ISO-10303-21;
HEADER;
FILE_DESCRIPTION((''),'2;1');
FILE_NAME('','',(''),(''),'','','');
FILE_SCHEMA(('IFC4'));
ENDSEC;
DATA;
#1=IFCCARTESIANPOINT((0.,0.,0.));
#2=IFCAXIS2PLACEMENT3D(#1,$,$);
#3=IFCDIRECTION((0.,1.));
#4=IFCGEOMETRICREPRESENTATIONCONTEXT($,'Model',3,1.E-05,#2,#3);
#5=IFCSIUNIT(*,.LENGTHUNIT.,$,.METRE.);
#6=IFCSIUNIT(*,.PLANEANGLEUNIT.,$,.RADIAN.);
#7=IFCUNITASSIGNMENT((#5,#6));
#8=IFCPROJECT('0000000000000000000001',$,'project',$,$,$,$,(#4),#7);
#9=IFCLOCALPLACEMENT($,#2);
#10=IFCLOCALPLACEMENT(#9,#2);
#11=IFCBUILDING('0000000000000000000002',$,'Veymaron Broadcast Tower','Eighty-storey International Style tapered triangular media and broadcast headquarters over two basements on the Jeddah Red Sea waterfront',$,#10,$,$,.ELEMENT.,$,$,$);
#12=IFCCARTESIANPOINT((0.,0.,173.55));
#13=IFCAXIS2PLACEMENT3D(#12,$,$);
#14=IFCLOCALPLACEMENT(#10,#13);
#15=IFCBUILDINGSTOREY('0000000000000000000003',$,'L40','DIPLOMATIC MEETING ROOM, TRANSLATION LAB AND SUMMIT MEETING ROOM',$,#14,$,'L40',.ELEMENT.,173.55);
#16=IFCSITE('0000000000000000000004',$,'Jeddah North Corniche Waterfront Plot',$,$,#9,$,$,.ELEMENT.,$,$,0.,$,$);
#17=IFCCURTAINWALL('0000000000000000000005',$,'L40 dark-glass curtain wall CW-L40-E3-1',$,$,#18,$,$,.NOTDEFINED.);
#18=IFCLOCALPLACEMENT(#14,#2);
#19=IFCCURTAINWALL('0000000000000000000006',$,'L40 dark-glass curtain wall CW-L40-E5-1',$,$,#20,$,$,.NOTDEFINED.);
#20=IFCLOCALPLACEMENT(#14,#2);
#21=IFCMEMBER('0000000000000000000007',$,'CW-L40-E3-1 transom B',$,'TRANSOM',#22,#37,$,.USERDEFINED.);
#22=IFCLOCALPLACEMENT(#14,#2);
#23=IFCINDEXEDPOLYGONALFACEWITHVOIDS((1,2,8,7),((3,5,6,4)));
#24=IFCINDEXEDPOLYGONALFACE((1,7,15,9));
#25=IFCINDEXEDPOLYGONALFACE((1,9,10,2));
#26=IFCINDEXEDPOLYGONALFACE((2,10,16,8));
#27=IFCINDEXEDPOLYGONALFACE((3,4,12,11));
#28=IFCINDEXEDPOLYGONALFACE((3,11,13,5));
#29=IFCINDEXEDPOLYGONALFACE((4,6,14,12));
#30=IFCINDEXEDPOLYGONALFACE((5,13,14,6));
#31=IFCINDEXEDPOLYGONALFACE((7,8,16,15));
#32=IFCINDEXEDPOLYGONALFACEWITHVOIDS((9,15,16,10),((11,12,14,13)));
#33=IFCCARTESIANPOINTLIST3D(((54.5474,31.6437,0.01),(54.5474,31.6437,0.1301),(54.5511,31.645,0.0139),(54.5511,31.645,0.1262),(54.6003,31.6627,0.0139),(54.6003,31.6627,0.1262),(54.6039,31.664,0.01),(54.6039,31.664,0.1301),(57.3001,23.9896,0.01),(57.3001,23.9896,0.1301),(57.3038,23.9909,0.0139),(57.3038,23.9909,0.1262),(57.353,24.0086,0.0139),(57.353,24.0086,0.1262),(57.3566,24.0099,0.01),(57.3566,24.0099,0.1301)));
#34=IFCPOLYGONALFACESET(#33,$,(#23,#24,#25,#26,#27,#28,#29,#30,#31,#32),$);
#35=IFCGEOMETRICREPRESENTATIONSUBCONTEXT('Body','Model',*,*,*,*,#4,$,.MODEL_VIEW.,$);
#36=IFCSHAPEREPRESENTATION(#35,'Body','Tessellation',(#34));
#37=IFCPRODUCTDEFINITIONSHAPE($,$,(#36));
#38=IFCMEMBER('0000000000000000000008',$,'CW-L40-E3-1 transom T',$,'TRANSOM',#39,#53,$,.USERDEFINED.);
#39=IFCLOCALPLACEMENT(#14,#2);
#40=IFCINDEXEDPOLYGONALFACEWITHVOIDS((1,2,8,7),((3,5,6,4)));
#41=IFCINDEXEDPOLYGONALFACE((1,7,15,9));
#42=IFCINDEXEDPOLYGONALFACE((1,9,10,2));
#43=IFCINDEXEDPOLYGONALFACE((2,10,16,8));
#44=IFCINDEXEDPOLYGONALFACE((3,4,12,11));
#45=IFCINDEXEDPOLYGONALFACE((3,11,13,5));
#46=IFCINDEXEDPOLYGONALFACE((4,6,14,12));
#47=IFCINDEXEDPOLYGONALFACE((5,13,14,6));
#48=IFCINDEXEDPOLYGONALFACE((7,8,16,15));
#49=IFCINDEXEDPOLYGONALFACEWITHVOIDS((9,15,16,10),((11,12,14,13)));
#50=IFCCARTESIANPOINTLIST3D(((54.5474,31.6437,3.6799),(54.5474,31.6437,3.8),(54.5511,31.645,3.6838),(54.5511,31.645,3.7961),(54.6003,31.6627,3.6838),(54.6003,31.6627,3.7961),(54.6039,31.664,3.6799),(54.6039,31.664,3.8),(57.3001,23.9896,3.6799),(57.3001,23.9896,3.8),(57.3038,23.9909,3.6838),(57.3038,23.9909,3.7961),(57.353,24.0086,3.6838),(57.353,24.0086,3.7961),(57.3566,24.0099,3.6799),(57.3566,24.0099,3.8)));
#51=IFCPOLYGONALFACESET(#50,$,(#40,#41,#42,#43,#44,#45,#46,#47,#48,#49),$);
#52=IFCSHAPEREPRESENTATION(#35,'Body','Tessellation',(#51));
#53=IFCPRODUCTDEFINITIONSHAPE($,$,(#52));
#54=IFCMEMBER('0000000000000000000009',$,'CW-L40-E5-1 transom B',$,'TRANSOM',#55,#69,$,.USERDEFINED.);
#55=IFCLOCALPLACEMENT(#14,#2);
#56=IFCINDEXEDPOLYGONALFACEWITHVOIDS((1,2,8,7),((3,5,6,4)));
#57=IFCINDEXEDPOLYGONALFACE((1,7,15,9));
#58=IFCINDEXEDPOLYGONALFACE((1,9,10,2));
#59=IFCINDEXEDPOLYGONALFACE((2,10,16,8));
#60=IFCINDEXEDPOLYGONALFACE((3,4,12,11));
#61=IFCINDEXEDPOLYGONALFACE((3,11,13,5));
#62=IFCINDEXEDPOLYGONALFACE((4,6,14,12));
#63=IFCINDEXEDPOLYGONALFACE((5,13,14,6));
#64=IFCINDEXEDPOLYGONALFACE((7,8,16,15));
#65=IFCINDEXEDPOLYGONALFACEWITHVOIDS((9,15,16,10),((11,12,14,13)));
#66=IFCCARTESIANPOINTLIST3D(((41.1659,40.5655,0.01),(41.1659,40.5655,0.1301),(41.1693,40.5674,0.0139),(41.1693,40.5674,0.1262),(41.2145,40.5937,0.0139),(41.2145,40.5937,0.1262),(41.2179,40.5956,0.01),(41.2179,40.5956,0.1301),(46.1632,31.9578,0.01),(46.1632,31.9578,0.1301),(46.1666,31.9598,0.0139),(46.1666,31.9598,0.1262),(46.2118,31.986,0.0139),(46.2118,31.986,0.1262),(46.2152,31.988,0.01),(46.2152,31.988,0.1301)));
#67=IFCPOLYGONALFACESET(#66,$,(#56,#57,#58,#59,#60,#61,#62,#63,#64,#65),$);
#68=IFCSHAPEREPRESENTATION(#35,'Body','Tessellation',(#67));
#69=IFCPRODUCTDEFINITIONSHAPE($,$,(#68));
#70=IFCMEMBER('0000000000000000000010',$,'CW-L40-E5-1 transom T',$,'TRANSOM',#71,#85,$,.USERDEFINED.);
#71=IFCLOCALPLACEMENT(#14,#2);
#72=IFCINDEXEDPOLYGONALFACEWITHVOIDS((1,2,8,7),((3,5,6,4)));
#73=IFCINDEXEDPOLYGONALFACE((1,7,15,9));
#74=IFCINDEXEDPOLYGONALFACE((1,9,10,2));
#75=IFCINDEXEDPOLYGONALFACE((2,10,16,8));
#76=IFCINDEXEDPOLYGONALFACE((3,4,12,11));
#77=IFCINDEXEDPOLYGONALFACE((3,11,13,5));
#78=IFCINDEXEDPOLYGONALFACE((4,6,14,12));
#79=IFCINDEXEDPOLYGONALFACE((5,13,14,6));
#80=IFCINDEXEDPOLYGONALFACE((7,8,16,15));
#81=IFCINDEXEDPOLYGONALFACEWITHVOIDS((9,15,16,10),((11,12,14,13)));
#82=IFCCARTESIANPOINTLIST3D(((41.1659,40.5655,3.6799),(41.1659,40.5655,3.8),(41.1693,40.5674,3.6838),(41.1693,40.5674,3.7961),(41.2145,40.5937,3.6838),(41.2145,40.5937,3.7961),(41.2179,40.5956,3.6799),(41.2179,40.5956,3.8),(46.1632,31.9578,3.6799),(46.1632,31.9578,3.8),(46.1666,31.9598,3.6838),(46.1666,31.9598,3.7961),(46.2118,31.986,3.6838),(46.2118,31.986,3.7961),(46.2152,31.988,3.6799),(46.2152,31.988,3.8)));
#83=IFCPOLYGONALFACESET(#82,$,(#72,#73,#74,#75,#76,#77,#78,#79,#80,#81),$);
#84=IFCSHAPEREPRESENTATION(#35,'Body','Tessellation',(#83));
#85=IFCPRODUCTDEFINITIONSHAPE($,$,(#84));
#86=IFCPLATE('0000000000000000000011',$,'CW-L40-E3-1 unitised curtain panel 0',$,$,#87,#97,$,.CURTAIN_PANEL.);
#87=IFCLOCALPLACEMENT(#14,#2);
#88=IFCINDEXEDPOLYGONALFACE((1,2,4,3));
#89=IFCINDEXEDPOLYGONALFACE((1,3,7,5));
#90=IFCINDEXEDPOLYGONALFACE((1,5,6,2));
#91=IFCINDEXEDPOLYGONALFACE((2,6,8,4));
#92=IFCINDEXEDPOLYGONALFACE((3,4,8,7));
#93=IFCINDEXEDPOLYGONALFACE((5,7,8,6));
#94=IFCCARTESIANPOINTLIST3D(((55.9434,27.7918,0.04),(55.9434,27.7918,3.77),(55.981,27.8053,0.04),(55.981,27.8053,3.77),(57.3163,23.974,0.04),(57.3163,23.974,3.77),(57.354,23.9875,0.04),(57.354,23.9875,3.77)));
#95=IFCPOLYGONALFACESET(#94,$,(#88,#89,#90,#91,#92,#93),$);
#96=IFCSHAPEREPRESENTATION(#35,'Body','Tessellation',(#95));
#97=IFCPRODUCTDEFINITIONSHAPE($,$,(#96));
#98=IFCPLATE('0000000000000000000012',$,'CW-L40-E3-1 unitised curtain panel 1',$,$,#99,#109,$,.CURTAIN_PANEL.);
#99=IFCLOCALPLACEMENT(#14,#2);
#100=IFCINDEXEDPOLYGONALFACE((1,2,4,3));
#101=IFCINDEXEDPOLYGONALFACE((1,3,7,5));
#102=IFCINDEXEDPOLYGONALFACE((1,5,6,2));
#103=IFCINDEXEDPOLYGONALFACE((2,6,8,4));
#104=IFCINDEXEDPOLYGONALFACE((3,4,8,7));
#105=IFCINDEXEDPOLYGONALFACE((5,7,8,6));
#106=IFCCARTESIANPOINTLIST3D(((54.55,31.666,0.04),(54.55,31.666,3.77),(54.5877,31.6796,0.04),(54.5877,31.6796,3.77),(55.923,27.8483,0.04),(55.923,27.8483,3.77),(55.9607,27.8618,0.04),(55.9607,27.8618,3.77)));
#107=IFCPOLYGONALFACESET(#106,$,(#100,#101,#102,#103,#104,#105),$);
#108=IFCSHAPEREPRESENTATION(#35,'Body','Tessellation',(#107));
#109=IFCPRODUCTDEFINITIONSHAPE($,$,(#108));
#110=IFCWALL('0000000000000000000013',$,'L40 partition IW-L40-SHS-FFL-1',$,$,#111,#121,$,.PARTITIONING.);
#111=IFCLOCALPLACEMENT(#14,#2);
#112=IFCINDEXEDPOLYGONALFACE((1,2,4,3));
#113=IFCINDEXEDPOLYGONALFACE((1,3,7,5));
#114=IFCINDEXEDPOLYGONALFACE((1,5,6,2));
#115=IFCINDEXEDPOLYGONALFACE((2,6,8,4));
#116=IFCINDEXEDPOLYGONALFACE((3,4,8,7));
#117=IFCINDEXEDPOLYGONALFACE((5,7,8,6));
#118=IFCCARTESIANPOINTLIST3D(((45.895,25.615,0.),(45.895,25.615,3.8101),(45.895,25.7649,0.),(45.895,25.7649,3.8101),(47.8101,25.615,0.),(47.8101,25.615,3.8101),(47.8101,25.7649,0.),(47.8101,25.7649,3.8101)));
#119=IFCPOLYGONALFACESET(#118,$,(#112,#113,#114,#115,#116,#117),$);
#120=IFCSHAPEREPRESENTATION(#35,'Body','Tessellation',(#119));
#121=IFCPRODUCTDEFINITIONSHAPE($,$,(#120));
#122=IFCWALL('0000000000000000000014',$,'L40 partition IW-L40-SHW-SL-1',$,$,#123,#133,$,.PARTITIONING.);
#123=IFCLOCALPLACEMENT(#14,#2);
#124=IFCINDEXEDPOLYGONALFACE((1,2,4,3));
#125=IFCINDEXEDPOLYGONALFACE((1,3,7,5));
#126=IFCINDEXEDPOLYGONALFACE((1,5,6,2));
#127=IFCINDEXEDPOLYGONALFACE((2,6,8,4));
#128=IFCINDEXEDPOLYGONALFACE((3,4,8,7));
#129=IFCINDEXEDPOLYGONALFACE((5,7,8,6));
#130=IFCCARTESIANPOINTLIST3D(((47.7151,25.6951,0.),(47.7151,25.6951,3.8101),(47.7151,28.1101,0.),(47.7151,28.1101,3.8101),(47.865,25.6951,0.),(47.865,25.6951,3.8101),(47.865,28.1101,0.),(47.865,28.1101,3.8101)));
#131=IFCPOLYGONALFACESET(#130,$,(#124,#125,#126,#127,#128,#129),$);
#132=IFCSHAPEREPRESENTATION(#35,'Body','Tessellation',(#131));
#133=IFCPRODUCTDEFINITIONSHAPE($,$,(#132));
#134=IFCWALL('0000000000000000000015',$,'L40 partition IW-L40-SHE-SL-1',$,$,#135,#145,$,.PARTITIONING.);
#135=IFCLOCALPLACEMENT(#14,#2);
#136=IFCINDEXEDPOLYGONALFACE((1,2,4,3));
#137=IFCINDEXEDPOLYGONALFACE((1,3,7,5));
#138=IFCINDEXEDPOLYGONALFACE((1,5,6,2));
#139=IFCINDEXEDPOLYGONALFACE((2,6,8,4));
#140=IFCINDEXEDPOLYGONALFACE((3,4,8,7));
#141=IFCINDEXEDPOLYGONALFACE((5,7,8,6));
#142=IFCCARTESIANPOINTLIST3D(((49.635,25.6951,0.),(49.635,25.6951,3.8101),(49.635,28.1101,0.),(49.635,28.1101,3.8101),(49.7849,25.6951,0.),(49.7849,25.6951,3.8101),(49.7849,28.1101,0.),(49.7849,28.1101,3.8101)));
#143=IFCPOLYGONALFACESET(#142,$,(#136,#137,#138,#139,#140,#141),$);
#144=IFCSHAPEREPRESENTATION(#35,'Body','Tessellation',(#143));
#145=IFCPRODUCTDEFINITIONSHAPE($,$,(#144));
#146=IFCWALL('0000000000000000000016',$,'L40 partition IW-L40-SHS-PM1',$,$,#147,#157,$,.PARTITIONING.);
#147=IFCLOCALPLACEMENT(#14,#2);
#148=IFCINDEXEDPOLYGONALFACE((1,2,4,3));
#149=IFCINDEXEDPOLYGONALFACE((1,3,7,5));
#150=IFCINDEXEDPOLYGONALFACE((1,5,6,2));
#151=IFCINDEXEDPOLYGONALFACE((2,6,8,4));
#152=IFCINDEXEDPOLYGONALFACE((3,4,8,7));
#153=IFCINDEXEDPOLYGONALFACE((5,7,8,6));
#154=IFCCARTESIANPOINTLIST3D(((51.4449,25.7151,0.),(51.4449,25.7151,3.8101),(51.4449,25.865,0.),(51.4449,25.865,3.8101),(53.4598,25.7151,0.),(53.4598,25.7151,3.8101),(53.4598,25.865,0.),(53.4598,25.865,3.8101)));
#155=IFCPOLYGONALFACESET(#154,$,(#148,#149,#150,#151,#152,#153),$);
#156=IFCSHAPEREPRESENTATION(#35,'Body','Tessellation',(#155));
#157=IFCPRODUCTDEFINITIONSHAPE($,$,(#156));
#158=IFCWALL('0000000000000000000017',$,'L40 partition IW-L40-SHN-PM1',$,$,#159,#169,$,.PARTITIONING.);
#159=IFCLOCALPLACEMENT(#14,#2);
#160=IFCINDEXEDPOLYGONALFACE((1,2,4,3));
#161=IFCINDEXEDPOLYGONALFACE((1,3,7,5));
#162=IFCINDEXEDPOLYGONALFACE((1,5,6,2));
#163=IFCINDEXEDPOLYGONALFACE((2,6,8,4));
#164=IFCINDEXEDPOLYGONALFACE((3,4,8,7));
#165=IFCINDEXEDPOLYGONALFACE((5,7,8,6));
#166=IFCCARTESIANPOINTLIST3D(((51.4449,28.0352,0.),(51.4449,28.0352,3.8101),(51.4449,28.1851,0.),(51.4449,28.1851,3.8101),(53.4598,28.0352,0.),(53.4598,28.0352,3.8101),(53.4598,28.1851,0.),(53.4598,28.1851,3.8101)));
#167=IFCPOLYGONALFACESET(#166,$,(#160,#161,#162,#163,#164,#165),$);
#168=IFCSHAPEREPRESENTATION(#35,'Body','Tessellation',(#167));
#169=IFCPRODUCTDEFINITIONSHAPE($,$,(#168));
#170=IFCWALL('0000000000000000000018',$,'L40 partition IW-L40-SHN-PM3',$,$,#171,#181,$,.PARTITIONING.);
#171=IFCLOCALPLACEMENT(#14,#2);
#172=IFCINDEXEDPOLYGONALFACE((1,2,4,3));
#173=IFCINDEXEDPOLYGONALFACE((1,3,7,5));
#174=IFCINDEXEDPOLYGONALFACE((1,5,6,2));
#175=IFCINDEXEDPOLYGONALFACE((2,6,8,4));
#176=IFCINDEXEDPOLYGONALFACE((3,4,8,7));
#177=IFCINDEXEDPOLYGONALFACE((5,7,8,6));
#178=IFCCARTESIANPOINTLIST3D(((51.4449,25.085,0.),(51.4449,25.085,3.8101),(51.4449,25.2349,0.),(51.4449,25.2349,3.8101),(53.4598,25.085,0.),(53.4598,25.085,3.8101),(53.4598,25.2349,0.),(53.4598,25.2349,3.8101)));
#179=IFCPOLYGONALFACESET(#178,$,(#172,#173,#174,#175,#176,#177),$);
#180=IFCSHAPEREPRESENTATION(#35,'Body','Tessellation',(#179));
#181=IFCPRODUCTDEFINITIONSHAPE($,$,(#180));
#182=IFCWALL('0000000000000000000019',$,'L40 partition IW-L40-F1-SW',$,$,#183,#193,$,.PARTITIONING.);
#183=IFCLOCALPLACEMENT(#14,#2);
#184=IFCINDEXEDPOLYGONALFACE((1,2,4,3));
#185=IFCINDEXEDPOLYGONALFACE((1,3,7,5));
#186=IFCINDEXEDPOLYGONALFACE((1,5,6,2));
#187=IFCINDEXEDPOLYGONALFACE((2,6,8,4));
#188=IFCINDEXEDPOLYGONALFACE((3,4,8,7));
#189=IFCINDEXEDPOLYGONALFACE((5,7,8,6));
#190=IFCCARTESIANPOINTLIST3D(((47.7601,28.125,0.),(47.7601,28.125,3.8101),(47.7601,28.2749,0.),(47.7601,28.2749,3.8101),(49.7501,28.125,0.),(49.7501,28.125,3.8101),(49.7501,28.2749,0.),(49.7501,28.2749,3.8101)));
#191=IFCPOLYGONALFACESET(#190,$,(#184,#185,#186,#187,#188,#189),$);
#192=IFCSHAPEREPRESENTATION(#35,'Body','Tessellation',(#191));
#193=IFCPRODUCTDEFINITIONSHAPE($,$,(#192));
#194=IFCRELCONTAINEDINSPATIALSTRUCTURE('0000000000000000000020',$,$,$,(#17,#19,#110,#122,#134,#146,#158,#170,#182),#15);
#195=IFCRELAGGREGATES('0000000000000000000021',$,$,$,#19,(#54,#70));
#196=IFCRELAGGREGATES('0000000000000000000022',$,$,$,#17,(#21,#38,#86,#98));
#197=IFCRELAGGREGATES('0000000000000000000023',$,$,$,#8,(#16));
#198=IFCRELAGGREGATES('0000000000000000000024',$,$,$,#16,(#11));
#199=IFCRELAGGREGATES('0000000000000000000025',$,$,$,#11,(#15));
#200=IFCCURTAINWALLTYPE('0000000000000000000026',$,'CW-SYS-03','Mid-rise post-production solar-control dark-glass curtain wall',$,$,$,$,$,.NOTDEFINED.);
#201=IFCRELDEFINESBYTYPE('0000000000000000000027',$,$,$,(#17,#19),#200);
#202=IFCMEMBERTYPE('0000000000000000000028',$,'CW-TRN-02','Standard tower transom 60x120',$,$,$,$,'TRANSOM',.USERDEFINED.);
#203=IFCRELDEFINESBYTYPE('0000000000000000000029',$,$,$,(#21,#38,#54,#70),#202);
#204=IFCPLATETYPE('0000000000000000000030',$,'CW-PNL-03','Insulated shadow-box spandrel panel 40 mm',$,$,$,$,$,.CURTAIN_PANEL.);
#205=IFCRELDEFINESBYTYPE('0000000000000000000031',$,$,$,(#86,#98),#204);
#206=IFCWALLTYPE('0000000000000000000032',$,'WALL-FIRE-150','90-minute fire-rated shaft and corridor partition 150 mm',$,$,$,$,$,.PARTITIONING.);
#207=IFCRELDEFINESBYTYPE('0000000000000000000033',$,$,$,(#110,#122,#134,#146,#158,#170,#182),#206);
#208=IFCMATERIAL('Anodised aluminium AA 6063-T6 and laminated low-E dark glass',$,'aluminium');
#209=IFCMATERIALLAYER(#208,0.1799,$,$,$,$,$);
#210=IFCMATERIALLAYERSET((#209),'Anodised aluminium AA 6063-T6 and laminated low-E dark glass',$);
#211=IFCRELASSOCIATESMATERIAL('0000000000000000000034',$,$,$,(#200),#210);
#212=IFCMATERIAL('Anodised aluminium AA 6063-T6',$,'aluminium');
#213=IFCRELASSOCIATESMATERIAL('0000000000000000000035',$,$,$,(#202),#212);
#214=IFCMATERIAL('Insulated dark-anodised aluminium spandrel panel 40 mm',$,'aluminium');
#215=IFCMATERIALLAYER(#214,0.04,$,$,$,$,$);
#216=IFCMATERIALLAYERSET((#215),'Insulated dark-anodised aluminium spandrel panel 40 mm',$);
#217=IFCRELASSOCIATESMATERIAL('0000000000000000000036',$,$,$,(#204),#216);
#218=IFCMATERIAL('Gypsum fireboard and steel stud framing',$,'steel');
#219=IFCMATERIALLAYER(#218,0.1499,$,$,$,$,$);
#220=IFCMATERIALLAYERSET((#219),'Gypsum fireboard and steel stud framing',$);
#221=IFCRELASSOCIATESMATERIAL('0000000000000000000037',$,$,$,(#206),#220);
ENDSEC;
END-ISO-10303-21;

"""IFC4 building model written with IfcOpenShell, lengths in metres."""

from ifc_helpers import new_model, si_unit, direction, frame, frame_2d, origin, origin_2d, place, context, subcontext, project, spatial, rectangle, hollow_rectangle, extrude, material, layer, layer_set, material_profile, profile_set, type_object, element, aggregate, save


model = new_model("IFC4")

# Units and contexts
model_context = context("Model", 3, precision=1e-05, world=origin(), true_north=direction((0.0, 1.0)))
body_context = subcontext(model_context, "Body", "Model", "MODEL_VIEW")
ifc_project = project(units=[si_unit("LENGTHUNIT", "METRE"), si_unit("PLANEANGLEUNIT", "RADIAN")], contexts=[model_context])

# Site, building, storey
site_placement = place(None, origin())
site = spatial("IfcSite", under=ifc_project, at=site_placement, Name="Jeddah North Corniche Waterfront Plot", CompositionType="ELEMENT", RefElevation=0.0)
building_placement = place(site_placement, origin())
building = spatial("IfcBuilding", under=site, at=building_placement, Name="Veymaron Broadcast Tower", Description="Eighty-storey International Style tapered triangular media and broadcast headquarters over two basements on the Jeddah Red Sea waterfront", CompositionType="ELEMENT")
storey_placement = place(building_placement, frame((0.0, 0.0, 173.55)))
storey = spatial("IfcBuildingStorey", under=building, at=storey_placement, Name="L40", Description="DIPLOMATIC MEETING ROOM, TRANSLATION LAB AND SUMMIT MEETING ROOM", LongName="L40", CompositionType="ELEMENT", Elevation=173.55)

# Shared definitions
ifc_material_1 = material(Name="Anodised aluminium AA 6063-T6 and laminated low-E dark glass", Category="aluminium")
ifc_layer_1 = layer(ifc_material_1, 0.1799)
ifc_layer_set_1 = layer_set([ifc_layer_1], Name="Anodised aluminium AA 6063-T6 and laminated low-E dark glass")
curtain_wall_type = type_object("IfcCurtainWallType", Name="CW-SYS-03", Description="Mid-rise post-production solar-control dark-glass curtain wall", PredefinedType="NOTDEFINED", material=ifc_layer_set_1)
ifc_material_2 = material(Name="Anodised aluminium AA 6063-T6", Category="aluminium")

# Curtain wall
curtain_wall_1_placement = place(storey_placement, origin())
curtain_wall_1 = element("IfcCurtainWall", 1, at=curtain_wall_1_placement, inside=storey, type_object=curtain_wall_type, Name="L40 dark-glass curtain wall CW-L40-E3-1", PredefinedType="NOTDEFINED")

# Curtain wall
curtain_wall_2_placement = place(storey_placement, origin())
curtain_wall_2 = element("IfcCurtainWall", 2, at=curtain_wall_2_placement, inside=storey, type_object=curtain_wall_type, Name="L40 dark-glass curtain wall CW-L40-E5-1", PredefinedType="NOTDEFINED")

# Members
ifc_material_profile_1 = material_profile(ifc_material_2, hollow_rectangle(XDim=0.0601, YDim=0.1201, WallThickness=0.0039, at=origin_2d()), Name="AL120X60X4")
ifc_profile_set_1 = profile_set([ifc_material_profile_1], Name="Anodised aluminium AA 6063-T6")
member_type_1 = type_object("IfcMemberType", Name="CW-TRN-02", Description="Standard tower transom 60x120", ElementType="TRANSOM", PredefinedType="USERDEFINED", material=ifc_profile_set_1)
member_1_placement = place(storey_placement, frame((57.3284, 23.9998, 0.0701), z_axis=(-0.338418, 0.940996, 0.0), x_axis=(-0.940996, -0.338418, 0.0)))
member_1 = element("IfcMember", 3, at=member_1_placement, type_object=member_type_1, Name="CW-L40-E3-1 transom B", ObjectType="TRANSOM", PredefinedType="USERDEFINED", context=body_context, shape_type="SweptSolid", body=[
    extrude(hollow_rectangle(XDim=0.0601, YDim=0.1201, WallThickness=0.0039, at=origin_2d()), origin(), (0.0, 0.0, 1.0), 8.134),
])
member_2_placement = place(storey_placement, frame((57.3284, 23.9998, 3.74), z_axis=(-0.338418, 0.940996, 0.0), x_axis=(-0.940996, -0.338418, 0.0)))
member_2 = element("IfcMember", 4, at=member_2_placement, type_object=member_type_1, Name="CW-L40-E3-1 transom T", ObjectType="TRANSOM", PredefinedType="USERDEFINED", context=body_context, shape_type="SweptSolid", body=[
    extrude(hollow_rectangle(XDim=0.0601, YDim=0.1201, WallThickness=0.0039, at=origin_2d()), origin(), (0.0, 0.0, 1.0), 8.134),
])
member_3_placement = place(storey_placement, frame((46.1892, 31.9729, 0.0701), z_axis=(-0.502084, 0.864819, 0.0), x_axis=(-0.864819, -0.502084, 0.0)))
member_3 = element("IfcMember", 5, at=member_3_placement, type_object=member_type_1, Name="CW-L40-E5-1 transom B", ObjectType="TRANSOM", PredefinedType="USERDEFINED", context=body_context, shape_type="SweptSolid", body=[
    extrude(hollow_rectangle(XDim=0.0601, YDim=0.1201, WallThickness=0.0039, at=origin_2d()), origin(), (0.0, 0.0, 1.0), 9.9531),
])
member_4_placement = place(storey_placement, frame((46.1892, 31.9729, 3.74), z_axis=(-0.502084, 0.864819, 0.0), x_axis=(-0.864819, -0.502084, 0.0)))
member_4 = element("IfcMember", 6, at=member_4_placement, type_object=member_type_1, Name="CW-L40-E5-1 transom T", ObjectType="TRANSOM", PredefinedType="USERDEFINED", context=body_context, shape_type="SweptSolid", body=[
    extrude(hollow_rectangle(XDim=0.0601, YDim=0.1201, WallThickness=0.0039, at=origin_2d()), origin(), (0.0, 0.0, 1.0), 9.9531),
])
aggregate(curtain_wall_2, [member_3, member_4])

# Plates
ifc_material_3 = material(Name="Insulated dark-anodised aluminium spandrel panel 40 mm", Category="aluminium")
ifc_layer_2 = layer(ifc_material_3, 0.04)
ifc_layer_set_2 = layer_set([ifc_layer_2], Name="Insulated dark-anodised aluminium spandrel panel 40 mm")
plate_type = type_object("IfcPlateType", Name="CW-PNL-03", Description="Insulated shadow-box spandrel panel 40 mm", PredefinedType="CURTAIN_PANEL", material=ifc_layer_set_2)
plate_1_placement = place(storey_placement, frame((56.6487, 25.8896, 0.04), z_axis=(0.0, 0.0, 1.0), x_axis=(-0.338409, 0.940999, 0.0)))
plate_1 = element("IfcPlate", 7, at=plate_1_placement, type_object=plate_type, Name="CW-L40-E3-1 unitised curtain panel 0", PredefinedType="CURTAIN_PANEL", context=body_context, shape_type="SweptSolid", body=[
    extrude(rectangle(XDim=4.0571, YDim=0.04, at=origin_2d()), origin(), (0.0, 0.0, 1.0), 3.73),
])
plate_2_placement = place(storey_placement, frame((55.2554, 29.7639, 0.04), z_axis=(0.0, 0.0, 1.0), x_axis=(-0.338409, 0.940999, 0.0)))
plate_2 = element("IfcPlate", 8, at=plate_2_placement, type_object=plate_type, Name="CW-L40-E3-1 unitised curtain panel 1", PredefinedType="CURTAIN_PANEL", context=body_context, shape_type="SweptSolid", body=[
    extrude(rectangle(XDim=4.0571, YDim=0.04, at=origin_2d()), origin(), (0.0, 0.0, 1.0), 3.73),
])
aggregate(curtain_wall_1, [member_1, member_2, plate_1, plate_2])

# Shared definitions
ifc_material_4 = material(Name="Gypsum fireboard and steel stud framing", Category="steel")
ifc_layer_3 = layer(ifc_material_4, 0.1499)
ifc_layer_set_3 = layer_set([ifc_layer_3], Name="Gypsum fireboard and steel stud framing")
wall_type_1 = type_object("IfcWallType", Name="WALL-FIRE-150", Description="90-minute fire-rated shaft and corridor partition 150 mm", PredefinedType="PARTITIONING", material=ifc_layer_set_3)

# Wall
wall_1_placement = place(storey_placement, frame((45.895, 25.6899, 0.0), z_axis=(0.0, 0.0, 1.0), x_axis=(1.0, 0.0, 0.0)))
element("IfcWall", 9, at=wall_1_placement, inside=storey, type_object=wall_type_1, Name="L40 partition IW-L40-SHS-FFL-1", PredefinedType="PARTITIONING", context=body_context, shape_type="SweptSolid", body=[
    extrude(rectangle(XDim=1.915, YDim=0.1499, at=frame_2d((0.9575, 0.0))), origin(), (0.0, 0.0, 1.0), 3.8101),
])

# Walls
for number, where, z_axis, x_axis, name in (
    (10, (47.79, 25.6951, 0.0), (0.0, 0.0, 1.0), (0.0, 1.0, 0.0), "L40 partition IW-L40-SHW-SL-1"),
    (11, (49.71, 25.6951, 0.0), (0.0, 0.0, 1.0), (0.0, 1.0, 0.0), "L40 partition IW-L40-SHE-SL-1"),
):
    element("IfcWall", number, at=place(storey_placement, frame(where, z_axis=z_axis, x_axis=x_axis)), inside=storey, type_object=wall_type_1, Name=name, PredefinedType="PARTITIONING", context=body_context, shape_type="SweptSolid", body=[
        extrude(rectangle(XDim=2.415, YDim=0.1499, at=frame_2d((1.2075, 0.0))), origin(), (0.0, 0.0, 1.0), 3.8101),
    ])

# Walls
for number, where, z_axis, x_axis, name in (
    (12, (51.4451, 25.79, 0.0), (0.0, 0.0, 1.0), (1.0, 0.0, 0.0), "L40 partition IW-L40-SHS-PM1"),
    (13, (51.4451, 28.1101, 0.0), (0.0, 0.0, 1.0), (1.0, 0.0, 0.0), "L40 partition IW-L40-SHN-PM1"),
    (14, (51.4451, 25.1599, 0.0), (0.0, 0.0, 1.0), (1.0, 0.0, 0.0), "L40 partition IW-L40-SHN-PM3"),
):
    element("IfcWall", number, at=place(storey_placement, frame(where, z_axis=z_axis, x_axis=x_axis)), inside=storey, type_object=wall_type_1, Name=name, PredefinedType="PARTITIONING", context=body_context, shape_type="SweptSolid", body=[
        extrude(rectangle(XDim=2.0149, YDim=0.1499, at=frame_2d((1.0073, 0.0))), origin(), (0.0, 0.0, 1.0), 3.8101),
    ])
wall_2_placement = place(storey_placement, frame((47.76, 28.2, 0.0), z_axis=(0.0, 0.0, 1.0), x_axis=(1.0, 0.0, 0.0)))
element("IfcWall", 15, at=wall_2_placement, inside=storey, type_object=wall_type_1, Name="L40 partition IW-L40-F1-SW", PredefinedType="PARTITIONING", context=body_context, shape_type="SweptSolid", body=[
    extrude(rectangle(XDim=1.99, YDim=0.1499, at=frame_2d((0.9951, 0.0))), origin(), (0.0, 0.0, 1.0), 3.8101),
])

save(model, "model.ifc")
